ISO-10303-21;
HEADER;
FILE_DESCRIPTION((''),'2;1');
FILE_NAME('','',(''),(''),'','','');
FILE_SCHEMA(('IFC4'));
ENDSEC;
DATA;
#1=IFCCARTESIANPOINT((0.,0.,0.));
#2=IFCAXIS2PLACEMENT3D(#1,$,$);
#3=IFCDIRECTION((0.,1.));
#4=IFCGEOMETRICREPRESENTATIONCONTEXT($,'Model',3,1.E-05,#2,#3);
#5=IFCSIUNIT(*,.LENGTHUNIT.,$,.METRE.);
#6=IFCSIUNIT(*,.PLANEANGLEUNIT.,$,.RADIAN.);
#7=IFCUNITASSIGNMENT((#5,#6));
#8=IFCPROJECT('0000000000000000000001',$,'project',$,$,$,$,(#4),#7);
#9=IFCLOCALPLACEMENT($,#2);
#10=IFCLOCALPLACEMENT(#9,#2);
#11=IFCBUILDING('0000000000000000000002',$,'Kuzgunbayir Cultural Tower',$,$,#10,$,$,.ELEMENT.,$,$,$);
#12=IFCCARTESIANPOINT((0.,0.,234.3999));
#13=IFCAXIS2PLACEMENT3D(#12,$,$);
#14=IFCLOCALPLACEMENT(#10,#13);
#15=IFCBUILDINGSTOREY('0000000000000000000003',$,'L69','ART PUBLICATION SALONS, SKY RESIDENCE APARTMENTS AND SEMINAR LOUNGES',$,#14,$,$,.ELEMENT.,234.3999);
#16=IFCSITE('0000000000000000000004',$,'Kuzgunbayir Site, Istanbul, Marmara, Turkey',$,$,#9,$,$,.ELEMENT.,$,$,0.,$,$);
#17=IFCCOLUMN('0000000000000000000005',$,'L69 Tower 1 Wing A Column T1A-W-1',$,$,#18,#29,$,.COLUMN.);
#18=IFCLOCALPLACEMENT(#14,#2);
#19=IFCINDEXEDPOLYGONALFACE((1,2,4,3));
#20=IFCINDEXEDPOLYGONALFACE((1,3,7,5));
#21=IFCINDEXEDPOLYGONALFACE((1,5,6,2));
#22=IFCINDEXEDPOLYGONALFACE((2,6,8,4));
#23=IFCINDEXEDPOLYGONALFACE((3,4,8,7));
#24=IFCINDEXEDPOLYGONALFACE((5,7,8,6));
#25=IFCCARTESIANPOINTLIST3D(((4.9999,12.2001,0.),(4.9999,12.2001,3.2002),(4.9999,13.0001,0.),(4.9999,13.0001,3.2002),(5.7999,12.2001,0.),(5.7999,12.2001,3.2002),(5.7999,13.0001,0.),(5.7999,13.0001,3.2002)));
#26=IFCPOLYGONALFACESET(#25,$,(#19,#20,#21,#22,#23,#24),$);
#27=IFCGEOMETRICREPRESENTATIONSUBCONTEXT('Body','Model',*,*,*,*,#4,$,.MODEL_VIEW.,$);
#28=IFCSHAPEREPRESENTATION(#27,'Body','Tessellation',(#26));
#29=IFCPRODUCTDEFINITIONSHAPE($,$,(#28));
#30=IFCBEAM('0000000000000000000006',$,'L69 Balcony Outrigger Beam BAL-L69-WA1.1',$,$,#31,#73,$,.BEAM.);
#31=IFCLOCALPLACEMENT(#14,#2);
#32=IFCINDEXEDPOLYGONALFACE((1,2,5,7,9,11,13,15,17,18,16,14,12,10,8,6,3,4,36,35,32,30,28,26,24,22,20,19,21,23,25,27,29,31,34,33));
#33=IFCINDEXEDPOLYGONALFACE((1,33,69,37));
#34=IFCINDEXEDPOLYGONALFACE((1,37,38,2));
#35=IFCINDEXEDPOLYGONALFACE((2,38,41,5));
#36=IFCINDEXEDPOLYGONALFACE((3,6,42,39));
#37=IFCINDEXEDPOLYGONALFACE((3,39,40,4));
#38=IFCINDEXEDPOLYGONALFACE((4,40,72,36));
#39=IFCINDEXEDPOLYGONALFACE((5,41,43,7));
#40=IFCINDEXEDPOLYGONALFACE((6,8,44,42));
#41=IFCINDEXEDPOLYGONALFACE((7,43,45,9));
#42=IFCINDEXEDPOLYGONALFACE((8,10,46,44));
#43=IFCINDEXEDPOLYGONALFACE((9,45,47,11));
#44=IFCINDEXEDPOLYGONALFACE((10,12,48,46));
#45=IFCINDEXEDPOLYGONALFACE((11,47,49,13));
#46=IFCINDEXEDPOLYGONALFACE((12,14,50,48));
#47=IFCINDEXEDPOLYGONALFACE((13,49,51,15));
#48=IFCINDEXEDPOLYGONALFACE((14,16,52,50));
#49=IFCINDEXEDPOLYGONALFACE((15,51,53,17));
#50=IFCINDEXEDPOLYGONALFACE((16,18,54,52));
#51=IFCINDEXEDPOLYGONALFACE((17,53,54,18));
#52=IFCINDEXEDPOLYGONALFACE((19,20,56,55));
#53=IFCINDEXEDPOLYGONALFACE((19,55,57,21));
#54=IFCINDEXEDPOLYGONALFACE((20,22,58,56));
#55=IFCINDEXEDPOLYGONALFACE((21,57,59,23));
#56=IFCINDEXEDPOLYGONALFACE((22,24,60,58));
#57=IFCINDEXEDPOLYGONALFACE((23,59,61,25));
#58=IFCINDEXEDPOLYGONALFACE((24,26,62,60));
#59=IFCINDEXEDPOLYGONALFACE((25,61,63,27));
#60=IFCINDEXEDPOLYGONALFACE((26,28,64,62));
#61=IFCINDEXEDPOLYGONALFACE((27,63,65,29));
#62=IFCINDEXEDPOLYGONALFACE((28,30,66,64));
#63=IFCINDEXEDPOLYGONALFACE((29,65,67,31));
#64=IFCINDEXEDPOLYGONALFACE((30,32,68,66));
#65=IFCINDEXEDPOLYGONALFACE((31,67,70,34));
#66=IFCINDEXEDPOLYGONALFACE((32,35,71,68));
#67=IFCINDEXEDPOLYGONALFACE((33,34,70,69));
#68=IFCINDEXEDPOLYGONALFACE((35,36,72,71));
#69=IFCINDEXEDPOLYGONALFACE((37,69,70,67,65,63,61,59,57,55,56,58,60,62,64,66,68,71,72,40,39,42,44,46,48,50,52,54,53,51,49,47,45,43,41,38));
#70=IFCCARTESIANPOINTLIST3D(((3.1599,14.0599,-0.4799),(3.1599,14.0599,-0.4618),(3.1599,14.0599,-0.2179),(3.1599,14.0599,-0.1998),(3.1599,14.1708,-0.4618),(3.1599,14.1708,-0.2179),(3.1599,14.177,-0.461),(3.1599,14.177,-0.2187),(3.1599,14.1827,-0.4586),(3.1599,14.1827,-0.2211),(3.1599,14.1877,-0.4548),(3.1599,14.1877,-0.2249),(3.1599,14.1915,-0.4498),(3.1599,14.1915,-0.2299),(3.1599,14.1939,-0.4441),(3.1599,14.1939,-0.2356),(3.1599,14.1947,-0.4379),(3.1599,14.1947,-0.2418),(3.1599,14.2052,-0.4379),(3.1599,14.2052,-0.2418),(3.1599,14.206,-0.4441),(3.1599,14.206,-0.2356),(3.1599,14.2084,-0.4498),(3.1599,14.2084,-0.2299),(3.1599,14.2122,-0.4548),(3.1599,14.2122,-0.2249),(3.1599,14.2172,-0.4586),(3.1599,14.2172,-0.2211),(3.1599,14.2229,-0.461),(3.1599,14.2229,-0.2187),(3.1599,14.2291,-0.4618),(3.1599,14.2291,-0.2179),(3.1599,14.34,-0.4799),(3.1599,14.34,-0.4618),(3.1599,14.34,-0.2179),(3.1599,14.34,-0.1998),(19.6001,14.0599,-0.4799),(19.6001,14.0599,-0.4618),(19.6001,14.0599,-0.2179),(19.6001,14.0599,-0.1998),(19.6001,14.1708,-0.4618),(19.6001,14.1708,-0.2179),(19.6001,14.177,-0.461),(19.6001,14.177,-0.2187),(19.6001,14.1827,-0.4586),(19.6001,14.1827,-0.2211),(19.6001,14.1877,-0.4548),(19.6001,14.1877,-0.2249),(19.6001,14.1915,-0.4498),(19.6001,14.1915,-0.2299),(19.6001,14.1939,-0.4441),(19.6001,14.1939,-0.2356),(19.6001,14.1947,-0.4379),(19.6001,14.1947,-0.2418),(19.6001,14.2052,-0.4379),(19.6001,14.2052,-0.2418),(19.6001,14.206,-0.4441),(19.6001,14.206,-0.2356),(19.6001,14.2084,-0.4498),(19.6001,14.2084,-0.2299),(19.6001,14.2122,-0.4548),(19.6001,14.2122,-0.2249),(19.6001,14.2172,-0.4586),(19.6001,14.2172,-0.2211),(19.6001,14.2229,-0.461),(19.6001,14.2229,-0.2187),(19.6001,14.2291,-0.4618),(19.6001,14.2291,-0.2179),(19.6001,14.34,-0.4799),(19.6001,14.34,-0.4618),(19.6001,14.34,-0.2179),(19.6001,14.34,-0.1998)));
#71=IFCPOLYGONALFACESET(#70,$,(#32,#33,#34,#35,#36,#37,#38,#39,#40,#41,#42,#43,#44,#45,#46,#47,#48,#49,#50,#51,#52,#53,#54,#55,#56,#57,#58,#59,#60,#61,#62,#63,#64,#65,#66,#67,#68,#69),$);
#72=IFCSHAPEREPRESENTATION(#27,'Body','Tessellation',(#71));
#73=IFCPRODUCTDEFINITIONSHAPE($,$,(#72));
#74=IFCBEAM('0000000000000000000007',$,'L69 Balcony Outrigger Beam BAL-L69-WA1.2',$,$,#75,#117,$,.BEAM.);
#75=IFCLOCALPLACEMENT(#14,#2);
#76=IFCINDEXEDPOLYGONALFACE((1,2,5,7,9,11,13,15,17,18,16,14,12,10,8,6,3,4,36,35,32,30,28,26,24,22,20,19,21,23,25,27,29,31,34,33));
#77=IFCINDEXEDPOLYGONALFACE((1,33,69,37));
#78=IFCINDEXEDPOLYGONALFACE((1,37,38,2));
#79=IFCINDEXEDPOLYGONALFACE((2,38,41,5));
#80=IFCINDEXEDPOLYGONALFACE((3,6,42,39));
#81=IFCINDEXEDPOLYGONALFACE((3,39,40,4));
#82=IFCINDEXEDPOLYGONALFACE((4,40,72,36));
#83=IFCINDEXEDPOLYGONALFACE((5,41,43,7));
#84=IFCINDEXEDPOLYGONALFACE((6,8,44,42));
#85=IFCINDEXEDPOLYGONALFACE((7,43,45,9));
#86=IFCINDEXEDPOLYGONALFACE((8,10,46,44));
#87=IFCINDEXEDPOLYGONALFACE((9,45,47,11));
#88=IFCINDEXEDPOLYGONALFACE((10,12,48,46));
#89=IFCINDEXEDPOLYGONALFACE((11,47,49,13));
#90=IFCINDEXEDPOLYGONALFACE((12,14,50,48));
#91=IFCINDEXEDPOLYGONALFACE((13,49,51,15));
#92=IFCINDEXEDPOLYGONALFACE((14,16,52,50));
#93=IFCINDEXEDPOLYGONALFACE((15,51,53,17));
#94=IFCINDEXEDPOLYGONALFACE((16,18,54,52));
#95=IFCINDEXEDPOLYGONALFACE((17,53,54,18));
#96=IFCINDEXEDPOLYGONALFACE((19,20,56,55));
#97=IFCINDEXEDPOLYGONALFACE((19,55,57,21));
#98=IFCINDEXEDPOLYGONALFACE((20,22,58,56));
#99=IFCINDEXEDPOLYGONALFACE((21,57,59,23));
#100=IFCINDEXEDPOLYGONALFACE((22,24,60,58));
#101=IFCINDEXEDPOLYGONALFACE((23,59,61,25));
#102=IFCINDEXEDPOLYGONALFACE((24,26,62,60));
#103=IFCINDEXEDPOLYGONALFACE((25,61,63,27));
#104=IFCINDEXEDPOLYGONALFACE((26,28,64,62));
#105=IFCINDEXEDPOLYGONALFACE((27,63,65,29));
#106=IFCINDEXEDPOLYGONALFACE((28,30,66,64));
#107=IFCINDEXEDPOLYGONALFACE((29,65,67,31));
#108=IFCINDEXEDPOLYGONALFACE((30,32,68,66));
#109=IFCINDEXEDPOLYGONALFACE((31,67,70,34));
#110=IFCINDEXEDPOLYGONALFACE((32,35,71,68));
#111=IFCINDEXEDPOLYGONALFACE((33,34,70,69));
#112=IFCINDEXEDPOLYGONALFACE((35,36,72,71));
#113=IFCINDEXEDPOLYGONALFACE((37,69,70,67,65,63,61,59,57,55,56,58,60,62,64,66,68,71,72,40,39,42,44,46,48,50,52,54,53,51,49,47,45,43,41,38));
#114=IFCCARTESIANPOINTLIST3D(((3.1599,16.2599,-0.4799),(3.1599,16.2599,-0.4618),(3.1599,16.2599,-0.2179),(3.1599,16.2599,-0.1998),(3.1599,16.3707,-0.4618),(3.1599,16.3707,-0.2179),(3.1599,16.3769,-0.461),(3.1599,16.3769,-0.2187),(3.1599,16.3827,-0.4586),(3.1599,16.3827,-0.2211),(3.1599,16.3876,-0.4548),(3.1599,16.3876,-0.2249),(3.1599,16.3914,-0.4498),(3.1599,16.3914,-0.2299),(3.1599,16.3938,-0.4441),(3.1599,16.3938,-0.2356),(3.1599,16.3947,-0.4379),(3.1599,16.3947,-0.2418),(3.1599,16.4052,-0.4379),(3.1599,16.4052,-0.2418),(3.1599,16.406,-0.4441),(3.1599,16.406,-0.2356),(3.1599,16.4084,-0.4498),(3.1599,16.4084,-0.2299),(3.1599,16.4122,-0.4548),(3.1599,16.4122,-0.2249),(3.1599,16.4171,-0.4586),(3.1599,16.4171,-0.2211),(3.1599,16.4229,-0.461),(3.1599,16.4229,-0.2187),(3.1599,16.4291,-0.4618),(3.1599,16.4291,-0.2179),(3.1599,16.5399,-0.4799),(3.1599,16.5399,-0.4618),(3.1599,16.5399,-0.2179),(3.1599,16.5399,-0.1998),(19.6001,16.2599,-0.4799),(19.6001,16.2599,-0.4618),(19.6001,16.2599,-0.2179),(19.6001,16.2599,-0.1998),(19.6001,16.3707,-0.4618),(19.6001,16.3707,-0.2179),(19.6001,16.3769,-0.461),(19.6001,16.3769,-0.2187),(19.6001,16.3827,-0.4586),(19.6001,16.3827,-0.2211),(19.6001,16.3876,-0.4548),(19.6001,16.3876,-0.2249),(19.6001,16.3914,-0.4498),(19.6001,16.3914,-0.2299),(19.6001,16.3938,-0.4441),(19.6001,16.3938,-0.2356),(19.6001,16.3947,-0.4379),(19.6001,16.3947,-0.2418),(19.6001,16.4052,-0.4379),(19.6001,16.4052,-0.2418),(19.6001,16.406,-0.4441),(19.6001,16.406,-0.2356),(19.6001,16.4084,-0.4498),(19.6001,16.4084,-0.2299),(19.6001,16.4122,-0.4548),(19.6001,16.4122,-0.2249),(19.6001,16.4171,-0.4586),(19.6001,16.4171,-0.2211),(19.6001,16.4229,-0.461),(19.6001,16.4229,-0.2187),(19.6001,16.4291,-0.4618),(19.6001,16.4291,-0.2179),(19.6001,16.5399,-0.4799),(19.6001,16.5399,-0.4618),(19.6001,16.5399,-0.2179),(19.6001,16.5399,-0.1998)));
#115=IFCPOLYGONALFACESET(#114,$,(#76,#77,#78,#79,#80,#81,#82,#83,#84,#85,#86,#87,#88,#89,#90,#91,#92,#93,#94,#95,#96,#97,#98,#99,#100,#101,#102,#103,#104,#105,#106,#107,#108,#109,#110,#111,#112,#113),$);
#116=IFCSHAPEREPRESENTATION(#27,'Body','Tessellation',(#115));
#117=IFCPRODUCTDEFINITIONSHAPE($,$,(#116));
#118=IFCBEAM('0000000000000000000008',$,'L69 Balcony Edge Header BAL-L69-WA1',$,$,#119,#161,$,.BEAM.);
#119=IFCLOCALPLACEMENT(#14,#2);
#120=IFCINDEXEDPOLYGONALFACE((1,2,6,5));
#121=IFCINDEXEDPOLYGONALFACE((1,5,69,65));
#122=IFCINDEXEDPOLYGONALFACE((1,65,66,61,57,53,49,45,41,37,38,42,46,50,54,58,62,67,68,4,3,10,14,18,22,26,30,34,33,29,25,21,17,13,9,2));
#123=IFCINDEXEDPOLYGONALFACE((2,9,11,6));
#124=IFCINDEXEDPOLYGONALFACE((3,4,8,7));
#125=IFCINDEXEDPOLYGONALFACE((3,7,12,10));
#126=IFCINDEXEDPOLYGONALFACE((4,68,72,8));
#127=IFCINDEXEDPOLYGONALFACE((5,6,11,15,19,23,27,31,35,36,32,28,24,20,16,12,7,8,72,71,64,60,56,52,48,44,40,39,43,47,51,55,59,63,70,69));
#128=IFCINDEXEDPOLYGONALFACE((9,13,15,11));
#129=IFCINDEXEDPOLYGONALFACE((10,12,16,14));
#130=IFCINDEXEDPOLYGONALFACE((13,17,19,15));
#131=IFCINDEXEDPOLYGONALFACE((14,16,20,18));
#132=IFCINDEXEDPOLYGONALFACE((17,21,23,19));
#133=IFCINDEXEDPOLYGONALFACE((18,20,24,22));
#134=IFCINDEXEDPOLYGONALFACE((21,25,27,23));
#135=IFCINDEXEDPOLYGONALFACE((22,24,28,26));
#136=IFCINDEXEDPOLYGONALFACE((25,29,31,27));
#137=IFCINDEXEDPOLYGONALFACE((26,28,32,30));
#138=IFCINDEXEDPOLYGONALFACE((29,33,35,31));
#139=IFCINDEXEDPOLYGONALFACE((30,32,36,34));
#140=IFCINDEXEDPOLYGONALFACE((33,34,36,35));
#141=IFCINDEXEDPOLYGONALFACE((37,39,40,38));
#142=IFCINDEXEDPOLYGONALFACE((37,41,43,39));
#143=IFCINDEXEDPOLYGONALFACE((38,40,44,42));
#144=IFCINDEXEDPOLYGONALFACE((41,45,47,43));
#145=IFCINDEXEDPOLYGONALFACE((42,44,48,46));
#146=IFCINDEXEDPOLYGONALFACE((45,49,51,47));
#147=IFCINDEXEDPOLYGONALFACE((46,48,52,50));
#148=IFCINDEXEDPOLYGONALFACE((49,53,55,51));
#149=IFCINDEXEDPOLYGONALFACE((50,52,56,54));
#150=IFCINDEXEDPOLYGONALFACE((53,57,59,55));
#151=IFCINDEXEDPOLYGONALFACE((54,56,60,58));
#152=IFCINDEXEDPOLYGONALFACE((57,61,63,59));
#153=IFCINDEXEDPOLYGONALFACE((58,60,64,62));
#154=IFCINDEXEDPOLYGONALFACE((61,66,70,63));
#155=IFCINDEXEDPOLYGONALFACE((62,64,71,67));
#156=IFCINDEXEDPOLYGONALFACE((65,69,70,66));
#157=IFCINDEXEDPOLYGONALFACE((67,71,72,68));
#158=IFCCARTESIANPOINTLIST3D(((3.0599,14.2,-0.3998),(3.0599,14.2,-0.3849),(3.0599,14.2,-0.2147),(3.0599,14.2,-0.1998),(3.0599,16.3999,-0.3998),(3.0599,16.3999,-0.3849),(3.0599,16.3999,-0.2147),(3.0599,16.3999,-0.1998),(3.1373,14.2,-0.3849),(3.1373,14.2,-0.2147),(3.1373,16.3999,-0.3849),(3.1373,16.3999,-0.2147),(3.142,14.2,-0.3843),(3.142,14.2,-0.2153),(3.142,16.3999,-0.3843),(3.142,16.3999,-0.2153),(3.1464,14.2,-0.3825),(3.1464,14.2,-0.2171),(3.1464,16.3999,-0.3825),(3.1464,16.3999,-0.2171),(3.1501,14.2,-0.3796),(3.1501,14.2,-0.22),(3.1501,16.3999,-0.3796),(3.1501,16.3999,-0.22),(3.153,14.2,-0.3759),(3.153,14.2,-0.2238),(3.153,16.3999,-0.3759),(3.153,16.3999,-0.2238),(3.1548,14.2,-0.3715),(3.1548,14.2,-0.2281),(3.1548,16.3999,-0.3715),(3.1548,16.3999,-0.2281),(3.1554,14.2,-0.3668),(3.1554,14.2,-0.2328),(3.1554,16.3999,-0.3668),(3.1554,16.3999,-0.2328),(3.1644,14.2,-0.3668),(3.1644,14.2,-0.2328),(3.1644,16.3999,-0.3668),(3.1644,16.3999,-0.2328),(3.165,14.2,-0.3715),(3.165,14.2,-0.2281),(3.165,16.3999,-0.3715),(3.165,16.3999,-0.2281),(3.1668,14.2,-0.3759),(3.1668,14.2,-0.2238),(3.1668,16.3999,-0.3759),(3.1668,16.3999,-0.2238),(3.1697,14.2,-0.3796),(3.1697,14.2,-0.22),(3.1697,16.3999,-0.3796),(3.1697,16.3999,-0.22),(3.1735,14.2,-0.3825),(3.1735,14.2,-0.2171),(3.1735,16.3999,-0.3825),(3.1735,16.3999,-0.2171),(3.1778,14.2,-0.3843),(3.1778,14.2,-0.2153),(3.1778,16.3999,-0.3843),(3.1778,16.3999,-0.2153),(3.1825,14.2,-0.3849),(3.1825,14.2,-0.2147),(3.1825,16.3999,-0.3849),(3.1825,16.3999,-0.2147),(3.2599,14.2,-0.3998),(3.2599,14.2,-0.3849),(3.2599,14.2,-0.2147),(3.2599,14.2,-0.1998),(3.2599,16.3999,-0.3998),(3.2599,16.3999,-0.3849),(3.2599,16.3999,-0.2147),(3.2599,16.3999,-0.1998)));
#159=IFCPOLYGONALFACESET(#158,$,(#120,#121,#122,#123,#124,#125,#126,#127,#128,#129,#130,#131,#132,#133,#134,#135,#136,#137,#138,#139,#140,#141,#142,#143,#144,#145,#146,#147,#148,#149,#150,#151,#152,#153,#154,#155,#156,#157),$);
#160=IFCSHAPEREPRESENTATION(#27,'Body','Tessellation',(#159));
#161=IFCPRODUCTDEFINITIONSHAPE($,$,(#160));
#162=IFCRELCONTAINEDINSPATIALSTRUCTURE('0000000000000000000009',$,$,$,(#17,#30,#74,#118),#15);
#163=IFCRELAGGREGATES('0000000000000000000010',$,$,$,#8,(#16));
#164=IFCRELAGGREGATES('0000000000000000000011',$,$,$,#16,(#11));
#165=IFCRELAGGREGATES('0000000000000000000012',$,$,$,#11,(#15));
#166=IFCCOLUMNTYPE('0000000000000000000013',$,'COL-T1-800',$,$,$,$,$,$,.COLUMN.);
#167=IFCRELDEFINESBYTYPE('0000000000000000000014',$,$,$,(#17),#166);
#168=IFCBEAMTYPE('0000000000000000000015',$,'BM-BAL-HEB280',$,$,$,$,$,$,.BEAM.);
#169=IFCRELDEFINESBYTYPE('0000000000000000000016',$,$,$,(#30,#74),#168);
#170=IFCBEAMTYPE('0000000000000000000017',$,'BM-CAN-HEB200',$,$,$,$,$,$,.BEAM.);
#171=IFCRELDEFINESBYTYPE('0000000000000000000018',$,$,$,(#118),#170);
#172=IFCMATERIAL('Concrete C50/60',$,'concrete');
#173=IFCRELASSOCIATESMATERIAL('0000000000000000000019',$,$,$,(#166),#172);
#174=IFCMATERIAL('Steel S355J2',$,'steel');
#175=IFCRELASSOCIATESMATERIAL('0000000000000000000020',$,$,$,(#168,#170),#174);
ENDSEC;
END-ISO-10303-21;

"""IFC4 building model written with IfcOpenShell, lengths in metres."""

from ifc_helpers import new_model, si_unit, direction, frame, origin, origin_2d, place, context, subcontext, project, spatial, rectangle, i_section, extrude, material, material_profile, profile_set, type_object, element, save


model = new_model("IFC4")

# Units and contexts
model_context = context("Model", 3, precision=1e-05, world=origin(), true_north=direction((0.0, 1.0)))
body_context = subcontext(model_context, "Body", "Model", "MODEL_VIEW")
ifc_project = project(units=[si_unit("LENGTHUNIT", "METRE"), si_unit("PLANEANGLEUNIT", "RADIAN")], contexts=[model_context])

# Site, building, storey
site_placement = place(None, origin())
site = spatial("IfcSite", under=ifc_project, at=site_placement, Name="Kuzgunbayir Site, Istanbul, Marmara, Turkey", CompositionType="ELEMENT", RefElevation=0.0)
building_placement = place(site_placement, origin())
building = spatial("IfcBuilding", under=site, at=building_placement, Name="Kuzgunbayir Cultural Tower", CompositionType="ELEMENT")
storey_placement = place(building_placement, frame((0.0, 0.0, 234.3999)))
storey = spatial("IfcBuildingStorey", under=building, at=storey_placement, Name="L69", Description="ART PUBLICATION SALONS, SKY RESIDENCE APARTMENTS AND SEMINAR LOUNGES", CompositionType="ELEMENT", Elevation=234.3999)

# Column
ifc_material_1 = material(Name="Concrete C50/60", Category="concrete")
ifc_material_profile_1 = material_profile(ifc_material_1, rectangle(XDim=0.8, YDim=0.8, at=origin_2d()), Name="RC 800x800")
ifc_profile_set_1 = profile_set([ifc_material_profile_1], Name="Concrete C50/60")
column_type = type_object("IfcColumnType", Name="COL-T1-800", PredefinedType="COLUMN", material=ifc_profile_set_1)
column_placement = place(storey_placement, frame((5.3999, 12.6001, 0.0), z_axis=(0.0, 0.0, 1.0), x_axis=(1.0, 0.0, 0.0)))
element("IfcColumn", 1, at=column_placement, inside=storey, type_object=column_type, Name="L69 Tower 1 Wing A Column T1A-W-1", PredefinedType="COLUMN", context=body_context, shape_type="SweptSolid", body=[
    extrude(rectangle(XDim=0.8, YDim=0.8, at=origin_2d()), origin(), (0.0, 0.0, 1.0), 3.2002),
])

# Beams
ifc_material_2 = material(Name="Steel S355J2", Category="steel")
ifc_material_profile_2 = material_profile(ifc_material_2, i_section(OverallWidth=0.28, OverallDepth=0.28, WebThickness=0.0105, FlangeThickness=0.0181, FilletRadius=0.0239, at=origin_2d()), Name="HEB 280")
ifc_profile_set_2 = profile_set([ifc_material_profile_2], Name="Steel S355J2")
beam_type_1 = type_object("IfcBeamType", Name="BM-BAL-HEB280", PredefinedType="BEAM", material=ifc_profile_set_2)
for number, where, z_axis, x_axis, name in (
    (2, (3.1599, 14.2, -0.3398), (1.0, 0.0, 0.0), (0.0, 1.0, 0.0), "L69 Balcony Outrigger Beam BAL-L69-WA1.1"),
    (3, (3.1599, 16.3999, -0.3398), (1.0, 0.0, 0.0), (0.0, 1.0, 0.0), "L69 Balcony Outrigger Beam BAL-L69-WA1.2"),
):
    element("IfcBeam", number, at=place(storey_placement, frame(where, z_axis=z_axis, x_axis=x_axis)), inside=storey, type_object=beam_type_1, Name=name, PredefinedType="BEAM", context=body_context, shape_type="SweptSolid", body=[
        extrude(i_section(OverallWidth=0.28, OverallDepth=0.28, WebThickness=0.0105, FlangeThickness=0.0181, FilletRadius=0.0239, at=origin_2d()), origin(), (0.0, 0.0, 1.0), 16.4402),
    ])
ifc_material_profile_3 = material_profile(ifc_material_2, i_section(OverallWidth=0.2, OverallDepth=0.2, WebThickness=0.009, FlangeThickness=0.0149, FilletRadius=0.0181, at=origin_2d()), Name="HEB 200")
ifc_profile_set_3 = profile_set([ifc_material_profile_3], Name="Steel S355J2")
beam_type_2 = type_object("IfcBeamType", Name="BM-CAN-HEB200", PredefinedType="BEAM", material=ifc_profile_set_3)
beam_1_placement = place(storey_placement, frame((3.1599, 14.2, -0.2998), z_axis=(0.0, 1.0, 0.0), x_axis=(-1.0, 0.0, 0.0)))
element("IfcBeam", 4, at=beam_1_placement, inside=storey, type_object=beam_type_2, Name="L69 Balcony Edge Header BAL-L69-WA1", PredefinedType="BEAM", context=body_context, shape_type="SweptSolid", body=[
    extrude(i_section(OverallWidth=0.2, OverallDepth=0.2, WebThickness=0.009, FlangeThickness=0.0149, FilletRadius=0.0181, at=origin_2d()), origin(), (0.0, 0.0, 1.0), 2.2),
])

save(model, "model.ifc")
